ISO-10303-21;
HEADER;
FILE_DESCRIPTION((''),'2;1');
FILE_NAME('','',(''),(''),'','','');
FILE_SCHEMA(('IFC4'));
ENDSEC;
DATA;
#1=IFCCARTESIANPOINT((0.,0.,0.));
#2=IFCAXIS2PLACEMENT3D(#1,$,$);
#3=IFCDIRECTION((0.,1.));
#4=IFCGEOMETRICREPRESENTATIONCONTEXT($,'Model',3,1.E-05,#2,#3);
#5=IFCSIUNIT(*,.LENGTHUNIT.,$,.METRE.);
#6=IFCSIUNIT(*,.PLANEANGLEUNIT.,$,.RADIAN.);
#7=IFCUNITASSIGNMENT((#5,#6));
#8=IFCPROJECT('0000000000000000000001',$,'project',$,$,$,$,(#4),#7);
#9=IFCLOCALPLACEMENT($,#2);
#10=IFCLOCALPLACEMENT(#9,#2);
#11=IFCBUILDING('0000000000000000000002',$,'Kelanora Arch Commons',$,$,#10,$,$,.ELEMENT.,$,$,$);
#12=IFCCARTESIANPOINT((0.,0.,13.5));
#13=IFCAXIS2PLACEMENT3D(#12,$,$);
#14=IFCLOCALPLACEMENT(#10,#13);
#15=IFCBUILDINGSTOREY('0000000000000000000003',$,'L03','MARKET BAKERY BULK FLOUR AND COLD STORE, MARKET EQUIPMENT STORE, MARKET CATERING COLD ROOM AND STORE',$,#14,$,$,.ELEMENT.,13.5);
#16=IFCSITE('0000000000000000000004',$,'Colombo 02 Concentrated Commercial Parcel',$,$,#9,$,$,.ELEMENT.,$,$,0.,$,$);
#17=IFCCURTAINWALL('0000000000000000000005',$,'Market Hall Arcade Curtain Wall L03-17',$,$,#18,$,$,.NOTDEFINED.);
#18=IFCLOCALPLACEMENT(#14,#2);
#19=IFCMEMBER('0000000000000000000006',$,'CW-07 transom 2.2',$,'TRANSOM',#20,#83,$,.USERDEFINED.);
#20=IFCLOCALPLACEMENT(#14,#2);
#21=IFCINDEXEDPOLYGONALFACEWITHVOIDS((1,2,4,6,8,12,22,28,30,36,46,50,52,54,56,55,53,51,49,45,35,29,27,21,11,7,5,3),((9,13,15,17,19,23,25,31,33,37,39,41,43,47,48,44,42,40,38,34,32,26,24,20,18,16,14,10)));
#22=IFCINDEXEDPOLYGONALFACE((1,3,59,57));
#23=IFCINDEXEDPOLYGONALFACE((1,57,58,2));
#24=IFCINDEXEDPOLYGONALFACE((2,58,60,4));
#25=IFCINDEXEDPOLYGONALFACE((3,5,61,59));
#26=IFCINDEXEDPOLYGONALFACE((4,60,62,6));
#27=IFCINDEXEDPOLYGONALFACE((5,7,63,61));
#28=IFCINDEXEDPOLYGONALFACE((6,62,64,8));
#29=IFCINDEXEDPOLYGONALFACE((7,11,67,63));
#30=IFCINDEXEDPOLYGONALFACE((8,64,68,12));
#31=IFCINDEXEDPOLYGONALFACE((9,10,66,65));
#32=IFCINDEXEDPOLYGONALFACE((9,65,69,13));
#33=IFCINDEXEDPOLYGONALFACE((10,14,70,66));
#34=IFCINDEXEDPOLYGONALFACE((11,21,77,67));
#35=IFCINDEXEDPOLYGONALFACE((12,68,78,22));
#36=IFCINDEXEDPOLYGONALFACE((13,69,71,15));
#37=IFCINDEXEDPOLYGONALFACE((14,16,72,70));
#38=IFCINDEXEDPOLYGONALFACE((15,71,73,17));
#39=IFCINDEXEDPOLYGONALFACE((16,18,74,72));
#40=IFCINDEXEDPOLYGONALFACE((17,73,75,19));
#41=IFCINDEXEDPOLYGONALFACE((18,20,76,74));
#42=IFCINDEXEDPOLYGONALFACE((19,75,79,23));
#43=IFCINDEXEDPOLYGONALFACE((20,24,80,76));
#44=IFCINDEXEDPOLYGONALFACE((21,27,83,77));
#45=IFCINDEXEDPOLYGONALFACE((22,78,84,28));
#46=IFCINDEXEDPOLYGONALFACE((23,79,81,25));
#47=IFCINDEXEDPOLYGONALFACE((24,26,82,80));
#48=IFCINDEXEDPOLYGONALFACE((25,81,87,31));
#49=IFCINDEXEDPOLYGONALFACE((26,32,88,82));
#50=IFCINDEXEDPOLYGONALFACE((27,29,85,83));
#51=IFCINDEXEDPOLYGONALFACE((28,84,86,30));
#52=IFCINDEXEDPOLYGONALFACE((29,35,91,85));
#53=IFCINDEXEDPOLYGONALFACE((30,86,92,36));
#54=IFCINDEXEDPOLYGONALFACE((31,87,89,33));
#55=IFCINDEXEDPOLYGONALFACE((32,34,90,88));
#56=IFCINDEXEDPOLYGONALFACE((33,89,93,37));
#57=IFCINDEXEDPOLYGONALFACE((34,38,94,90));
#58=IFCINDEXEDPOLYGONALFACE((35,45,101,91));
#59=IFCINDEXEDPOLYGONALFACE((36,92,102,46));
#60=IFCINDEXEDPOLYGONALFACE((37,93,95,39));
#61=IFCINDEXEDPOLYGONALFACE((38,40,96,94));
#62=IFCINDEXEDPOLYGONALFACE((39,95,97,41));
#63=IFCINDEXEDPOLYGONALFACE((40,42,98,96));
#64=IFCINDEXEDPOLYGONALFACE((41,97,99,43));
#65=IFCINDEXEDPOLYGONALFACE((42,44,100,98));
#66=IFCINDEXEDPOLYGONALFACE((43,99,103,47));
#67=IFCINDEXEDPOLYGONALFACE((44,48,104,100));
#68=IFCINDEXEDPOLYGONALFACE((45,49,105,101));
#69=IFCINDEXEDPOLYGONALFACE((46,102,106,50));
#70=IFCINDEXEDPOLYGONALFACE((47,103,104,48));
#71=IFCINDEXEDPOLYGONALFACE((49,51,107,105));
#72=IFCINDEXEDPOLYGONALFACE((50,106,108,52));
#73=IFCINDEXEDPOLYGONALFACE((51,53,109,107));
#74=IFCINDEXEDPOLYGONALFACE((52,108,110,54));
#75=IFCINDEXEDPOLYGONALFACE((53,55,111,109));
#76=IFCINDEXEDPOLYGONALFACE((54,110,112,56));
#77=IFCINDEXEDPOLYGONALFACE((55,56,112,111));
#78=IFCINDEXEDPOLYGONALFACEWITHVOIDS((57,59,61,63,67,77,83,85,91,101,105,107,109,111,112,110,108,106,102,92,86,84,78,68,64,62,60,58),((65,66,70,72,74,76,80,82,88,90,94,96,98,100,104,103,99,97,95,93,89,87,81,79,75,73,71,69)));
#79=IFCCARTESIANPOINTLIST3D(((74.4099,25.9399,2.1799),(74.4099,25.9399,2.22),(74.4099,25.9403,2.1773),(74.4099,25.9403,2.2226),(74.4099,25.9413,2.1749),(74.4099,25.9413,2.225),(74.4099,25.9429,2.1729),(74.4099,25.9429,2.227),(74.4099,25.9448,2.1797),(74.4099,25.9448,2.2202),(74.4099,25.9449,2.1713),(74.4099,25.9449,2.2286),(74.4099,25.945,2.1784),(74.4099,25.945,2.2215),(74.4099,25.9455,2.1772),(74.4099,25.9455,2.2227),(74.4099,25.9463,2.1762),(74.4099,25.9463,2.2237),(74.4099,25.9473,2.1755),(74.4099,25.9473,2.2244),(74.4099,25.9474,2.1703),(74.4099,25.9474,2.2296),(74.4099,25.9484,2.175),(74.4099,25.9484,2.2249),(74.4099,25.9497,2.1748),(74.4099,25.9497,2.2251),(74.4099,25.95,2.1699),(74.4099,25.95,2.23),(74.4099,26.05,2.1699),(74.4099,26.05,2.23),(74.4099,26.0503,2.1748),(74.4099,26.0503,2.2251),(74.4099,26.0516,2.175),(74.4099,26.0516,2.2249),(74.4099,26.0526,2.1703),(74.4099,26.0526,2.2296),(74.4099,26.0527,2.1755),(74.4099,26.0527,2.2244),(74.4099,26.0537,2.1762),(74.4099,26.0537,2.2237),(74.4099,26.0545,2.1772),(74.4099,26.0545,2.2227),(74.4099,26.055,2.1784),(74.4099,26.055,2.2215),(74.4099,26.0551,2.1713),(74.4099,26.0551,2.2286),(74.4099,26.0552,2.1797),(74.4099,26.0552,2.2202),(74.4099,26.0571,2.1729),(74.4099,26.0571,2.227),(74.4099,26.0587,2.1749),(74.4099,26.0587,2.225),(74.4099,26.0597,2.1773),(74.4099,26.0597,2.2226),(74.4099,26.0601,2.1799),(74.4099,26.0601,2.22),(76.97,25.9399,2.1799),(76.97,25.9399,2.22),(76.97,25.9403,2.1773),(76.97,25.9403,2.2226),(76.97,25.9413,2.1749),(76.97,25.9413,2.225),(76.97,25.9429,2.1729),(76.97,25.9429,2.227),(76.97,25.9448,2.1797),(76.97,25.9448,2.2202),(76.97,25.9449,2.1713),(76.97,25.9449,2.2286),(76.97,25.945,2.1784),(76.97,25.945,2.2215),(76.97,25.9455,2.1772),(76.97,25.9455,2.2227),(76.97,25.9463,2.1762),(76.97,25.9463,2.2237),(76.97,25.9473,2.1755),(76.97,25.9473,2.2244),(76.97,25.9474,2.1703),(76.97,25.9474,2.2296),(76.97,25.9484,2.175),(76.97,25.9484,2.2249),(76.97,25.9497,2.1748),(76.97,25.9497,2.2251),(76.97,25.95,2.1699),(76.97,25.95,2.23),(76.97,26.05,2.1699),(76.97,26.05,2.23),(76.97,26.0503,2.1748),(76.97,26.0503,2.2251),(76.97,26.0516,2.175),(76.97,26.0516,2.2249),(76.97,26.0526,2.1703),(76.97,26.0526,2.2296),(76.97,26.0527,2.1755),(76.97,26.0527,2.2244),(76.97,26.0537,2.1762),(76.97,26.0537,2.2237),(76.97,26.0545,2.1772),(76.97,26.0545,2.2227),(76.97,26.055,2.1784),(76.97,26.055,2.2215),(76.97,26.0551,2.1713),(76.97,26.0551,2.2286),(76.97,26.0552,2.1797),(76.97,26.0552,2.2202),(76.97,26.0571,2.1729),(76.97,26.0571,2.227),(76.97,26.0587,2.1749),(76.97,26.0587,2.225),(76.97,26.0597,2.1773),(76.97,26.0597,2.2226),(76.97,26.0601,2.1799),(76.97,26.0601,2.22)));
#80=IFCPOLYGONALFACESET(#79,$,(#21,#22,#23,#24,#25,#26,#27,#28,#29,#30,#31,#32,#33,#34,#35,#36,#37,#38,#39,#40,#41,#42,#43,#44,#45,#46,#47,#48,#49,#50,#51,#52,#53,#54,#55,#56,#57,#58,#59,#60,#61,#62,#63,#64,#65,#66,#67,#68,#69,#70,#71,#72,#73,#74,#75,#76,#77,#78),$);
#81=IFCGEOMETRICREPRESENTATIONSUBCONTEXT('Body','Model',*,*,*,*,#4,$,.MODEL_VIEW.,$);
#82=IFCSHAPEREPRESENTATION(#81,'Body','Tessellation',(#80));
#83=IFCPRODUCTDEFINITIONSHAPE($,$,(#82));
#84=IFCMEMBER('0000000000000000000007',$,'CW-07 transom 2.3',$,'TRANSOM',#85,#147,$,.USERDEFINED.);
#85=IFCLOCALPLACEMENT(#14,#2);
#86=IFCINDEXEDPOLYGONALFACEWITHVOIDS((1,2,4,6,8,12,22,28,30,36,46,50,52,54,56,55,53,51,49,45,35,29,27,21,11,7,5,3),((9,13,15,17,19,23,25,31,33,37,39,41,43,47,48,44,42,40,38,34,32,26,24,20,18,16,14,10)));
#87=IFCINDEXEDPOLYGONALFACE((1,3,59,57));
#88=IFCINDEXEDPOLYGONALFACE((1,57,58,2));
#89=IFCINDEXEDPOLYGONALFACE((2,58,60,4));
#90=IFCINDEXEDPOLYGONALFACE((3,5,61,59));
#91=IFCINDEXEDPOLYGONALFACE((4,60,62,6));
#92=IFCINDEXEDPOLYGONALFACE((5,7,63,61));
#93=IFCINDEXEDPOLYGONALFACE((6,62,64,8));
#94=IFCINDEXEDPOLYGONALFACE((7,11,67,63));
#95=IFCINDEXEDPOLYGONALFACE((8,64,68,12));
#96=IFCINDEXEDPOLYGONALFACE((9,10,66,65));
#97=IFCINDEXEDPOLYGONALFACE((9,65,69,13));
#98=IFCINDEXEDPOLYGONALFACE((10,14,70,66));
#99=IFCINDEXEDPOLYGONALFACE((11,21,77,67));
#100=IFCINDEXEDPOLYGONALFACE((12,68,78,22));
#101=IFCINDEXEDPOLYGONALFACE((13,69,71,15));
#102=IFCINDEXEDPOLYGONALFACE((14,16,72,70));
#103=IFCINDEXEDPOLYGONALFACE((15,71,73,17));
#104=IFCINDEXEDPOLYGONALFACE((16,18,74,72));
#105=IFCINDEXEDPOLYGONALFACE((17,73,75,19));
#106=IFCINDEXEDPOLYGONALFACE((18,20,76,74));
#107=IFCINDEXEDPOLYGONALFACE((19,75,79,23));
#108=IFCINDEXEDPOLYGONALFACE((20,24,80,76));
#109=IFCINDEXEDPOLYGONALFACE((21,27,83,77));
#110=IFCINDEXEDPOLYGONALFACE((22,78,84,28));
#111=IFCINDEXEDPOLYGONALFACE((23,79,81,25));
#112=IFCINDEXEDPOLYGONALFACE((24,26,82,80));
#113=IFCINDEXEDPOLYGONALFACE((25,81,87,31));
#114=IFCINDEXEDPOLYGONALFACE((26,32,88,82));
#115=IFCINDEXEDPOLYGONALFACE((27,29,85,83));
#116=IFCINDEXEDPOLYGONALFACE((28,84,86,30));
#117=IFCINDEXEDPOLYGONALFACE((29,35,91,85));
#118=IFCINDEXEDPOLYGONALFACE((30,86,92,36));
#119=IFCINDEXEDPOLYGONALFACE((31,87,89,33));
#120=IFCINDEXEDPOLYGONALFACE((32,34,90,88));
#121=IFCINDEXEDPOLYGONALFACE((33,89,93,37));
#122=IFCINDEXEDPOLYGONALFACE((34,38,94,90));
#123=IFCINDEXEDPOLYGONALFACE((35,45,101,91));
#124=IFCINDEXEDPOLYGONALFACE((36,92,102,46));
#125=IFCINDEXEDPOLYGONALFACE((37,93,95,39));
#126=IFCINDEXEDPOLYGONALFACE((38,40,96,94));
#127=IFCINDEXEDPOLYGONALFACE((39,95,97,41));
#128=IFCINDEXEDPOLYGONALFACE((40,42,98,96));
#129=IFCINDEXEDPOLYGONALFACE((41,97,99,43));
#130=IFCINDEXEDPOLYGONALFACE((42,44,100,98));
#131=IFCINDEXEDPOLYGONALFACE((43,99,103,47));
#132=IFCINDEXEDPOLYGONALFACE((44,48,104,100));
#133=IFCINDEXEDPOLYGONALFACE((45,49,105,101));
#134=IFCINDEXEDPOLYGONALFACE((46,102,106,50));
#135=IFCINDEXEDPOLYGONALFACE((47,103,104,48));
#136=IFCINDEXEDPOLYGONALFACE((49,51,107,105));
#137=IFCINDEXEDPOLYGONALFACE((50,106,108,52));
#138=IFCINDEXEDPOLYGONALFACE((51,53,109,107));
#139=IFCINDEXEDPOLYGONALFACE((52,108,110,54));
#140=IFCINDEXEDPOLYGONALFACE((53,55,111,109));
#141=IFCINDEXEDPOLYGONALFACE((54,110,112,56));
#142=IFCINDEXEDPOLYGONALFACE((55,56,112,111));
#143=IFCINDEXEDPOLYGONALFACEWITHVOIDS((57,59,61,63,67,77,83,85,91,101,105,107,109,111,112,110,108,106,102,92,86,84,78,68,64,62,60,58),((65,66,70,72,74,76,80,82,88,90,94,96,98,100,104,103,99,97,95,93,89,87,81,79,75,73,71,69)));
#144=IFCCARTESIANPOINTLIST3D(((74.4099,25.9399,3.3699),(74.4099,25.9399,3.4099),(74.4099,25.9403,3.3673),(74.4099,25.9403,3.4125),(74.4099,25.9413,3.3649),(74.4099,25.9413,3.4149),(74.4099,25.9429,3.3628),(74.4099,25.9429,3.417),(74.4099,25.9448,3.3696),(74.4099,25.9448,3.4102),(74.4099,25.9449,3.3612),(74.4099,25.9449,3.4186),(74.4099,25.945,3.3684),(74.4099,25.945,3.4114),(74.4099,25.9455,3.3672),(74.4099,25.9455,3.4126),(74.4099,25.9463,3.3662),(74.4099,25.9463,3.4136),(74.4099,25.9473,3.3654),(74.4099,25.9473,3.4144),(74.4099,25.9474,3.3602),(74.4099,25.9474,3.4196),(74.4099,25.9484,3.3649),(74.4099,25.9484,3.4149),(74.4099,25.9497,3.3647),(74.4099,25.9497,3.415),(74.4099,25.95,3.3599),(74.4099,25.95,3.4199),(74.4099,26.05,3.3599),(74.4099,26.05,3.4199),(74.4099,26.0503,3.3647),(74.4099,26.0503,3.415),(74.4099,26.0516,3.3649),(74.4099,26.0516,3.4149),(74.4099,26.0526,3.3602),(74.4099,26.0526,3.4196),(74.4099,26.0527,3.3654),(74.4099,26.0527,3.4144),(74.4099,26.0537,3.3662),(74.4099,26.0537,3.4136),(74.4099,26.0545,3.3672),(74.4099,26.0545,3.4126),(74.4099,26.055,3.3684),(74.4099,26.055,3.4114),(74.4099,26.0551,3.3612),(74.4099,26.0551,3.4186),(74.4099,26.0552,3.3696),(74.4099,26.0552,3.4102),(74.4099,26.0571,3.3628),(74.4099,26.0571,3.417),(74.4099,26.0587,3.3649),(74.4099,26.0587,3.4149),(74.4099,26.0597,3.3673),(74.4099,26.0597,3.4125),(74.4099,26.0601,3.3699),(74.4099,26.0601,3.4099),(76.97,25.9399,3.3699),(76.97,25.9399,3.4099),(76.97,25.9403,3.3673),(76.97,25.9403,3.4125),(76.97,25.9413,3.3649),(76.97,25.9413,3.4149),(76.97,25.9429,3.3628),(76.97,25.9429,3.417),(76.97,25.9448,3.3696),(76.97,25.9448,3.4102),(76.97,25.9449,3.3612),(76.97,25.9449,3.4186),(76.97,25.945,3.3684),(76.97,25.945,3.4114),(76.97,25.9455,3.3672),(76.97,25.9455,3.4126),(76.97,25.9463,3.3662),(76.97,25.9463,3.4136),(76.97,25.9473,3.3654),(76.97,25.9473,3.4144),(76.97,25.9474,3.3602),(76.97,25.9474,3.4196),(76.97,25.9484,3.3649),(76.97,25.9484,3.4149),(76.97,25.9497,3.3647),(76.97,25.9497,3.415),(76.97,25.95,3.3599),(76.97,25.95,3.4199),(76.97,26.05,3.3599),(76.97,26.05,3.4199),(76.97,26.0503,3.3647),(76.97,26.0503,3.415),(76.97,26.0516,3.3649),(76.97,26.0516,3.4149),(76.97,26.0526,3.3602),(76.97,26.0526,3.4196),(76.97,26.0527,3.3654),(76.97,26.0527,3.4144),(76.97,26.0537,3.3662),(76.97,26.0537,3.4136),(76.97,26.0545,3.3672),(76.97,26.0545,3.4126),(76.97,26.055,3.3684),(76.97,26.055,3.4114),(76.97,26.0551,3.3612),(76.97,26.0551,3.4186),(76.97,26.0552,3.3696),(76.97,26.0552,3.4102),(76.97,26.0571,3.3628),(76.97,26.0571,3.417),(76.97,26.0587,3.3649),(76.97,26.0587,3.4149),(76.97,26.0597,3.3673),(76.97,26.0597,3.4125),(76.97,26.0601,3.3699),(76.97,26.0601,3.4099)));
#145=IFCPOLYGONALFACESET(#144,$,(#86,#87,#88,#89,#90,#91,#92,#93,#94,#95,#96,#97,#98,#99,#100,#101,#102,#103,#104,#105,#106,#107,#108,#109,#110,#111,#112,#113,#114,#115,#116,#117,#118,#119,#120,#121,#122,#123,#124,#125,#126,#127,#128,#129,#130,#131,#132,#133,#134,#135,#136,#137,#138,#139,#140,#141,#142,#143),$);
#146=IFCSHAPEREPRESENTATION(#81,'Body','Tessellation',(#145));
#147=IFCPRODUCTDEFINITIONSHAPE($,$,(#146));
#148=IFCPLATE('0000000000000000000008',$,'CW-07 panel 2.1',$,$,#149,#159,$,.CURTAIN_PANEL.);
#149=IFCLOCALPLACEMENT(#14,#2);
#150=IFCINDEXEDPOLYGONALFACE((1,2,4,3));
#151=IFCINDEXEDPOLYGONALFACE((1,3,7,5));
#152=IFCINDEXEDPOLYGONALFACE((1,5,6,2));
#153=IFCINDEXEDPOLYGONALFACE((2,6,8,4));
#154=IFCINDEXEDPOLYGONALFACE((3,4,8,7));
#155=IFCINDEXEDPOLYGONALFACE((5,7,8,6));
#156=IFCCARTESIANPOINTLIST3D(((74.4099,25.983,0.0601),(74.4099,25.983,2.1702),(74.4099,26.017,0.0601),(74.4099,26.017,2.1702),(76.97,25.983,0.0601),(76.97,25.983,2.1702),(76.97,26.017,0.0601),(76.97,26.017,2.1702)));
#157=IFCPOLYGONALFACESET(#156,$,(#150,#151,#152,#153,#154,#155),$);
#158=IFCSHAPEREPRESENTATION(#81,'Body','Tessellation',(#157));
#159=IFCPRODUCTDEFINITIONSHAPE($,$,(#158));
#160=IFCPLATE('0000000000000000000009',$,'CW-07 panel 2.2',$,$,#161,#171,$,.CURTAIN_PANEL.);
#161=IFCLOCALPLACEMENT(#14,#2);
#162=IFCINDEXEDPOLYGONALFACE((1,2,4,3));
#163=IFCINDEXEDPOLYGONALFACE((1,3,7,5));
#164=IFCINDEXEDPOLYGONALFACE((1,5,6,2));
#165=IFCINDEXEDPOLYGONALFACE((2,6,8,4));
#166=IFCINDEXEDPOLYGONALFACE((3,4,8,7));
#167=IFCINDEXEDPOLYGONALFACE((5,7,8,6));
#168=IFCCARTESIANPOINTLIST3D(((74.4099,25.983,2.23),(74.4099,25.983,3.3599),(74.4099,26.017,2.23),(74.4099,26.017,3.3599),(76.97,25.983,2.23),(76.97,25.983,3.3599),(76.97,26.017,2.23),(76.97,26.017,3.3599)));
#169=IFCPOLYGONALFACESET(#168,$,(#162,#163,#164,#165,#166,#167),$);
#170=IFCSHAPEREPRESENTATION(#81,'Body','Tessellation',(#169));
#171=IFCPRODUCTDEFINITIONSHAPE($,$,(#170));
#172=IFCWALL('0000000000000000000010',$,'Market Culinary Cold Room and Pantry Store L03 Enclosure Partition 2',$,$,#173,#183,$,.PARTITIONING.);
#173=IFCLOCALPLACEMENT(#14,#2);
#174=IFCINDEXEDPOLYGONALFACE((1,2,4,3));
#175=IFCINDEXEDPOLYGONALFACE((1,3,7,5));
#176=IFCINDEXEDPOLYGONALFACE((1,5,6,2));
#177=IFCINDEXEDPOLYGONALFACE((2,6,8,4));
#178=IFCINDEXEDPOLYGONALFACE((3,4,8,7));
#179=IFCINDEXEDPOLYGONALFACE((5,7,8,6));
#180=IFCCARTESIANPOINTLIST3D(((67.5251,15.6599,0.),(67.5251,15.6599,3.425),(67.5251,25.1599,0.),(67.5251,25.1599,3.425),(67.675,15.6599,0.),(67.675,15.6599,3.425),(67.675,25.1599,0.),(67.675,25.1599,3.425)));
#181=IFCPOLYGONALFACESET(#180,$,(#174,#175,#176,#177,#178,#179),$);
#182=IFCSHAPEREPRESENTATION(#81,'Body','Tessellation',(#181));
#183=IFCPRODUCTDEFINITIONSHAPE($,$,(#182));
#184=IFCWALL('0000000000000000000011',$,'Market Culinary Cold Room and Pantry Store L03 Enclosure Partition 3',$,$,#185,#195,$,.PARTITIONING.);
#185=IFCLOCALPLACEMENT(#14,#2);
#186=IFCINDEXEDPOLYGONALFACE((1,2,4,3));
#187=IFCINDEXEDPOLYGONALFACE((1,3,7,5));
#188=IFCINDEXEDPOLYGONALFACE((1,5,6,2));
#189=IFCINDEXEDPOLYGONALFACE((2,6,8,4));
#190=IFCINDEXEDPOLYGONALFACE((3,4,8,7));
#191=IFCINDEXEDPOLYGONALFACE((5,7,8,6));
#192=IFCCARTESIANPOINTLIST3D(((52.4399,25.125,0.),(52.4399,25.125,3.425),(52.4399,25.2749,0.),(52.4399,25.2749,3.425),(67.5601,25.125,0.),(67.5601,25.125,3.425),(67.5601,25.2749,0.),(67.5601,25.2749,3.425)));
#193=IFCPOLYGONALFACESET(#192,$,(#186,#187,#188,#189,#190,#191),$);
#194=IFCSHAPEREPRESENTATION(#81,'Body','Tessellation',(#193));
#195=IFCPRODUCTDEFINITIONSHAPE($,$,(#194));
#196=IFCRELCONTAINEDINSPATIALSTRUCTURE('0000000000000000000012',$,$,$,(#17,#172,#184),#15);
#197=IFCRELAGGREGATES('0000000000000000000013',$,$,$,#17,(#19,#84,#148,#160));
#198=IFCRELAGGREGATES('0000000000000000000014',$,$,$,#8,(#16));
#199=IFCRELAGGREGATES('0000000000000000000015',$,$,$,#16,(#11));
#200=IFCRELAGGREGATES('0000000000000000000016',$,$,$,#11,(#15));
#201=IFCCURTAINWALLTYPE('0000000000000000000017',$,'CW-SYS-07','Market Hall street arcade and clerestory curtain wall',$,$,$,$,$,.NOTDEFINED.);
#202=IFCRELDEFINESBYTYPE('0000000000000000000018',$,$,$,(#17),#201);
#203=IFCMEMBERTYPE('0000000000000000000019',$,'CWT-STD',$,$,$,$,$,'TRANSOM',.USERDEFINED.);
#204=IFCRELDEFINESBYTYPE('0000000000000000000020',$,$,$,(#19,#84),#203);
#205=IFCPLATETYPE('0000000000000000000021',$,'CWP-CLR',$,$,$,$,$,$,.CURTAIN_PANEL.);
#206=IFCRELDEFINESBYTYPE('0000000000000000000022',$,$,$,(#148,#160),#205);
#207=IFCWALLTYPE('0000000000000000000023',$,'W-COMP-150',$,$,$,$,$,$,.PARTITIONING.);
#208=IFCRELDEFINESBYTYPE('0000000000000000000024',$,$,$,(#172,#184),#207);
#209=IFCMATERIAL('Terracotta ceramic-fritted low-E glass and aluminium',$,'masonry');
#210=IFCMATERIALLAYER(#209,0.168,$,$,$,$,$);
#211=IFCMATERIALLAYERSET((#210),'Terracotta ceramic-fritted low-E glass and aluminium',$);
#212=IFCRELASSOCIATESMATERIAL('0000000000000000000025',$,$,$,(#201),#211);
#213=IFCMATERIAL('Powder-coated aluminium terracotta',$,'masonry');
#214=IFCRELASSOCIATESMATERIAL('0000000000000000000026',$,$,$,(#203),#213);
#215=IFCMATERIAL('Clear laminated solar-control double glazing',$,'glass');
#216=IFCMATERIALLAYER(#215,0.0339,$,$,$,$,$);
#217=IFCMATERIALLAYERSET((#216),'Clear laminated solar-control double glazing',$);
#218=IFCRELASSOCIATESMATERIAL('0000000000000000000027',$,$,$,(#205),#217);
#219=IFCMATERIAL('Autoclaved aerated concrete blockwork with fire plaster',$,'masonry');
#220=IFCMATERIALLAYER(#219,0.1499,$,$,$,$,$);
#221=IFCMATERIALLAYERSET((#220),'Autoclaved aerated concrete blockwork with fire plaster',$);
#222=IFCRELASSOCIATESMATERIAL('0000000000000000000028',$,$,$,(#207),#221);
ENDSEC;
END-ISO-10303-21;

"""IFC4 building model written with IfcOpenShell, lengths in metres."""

from ifc_helpers import new_model, si_unit, direction, frame, frame_2d, origin, origin_2d, place, context, subcontext, project, spatial, rectangle, hollow_rectangle, extrude, source, transform, mapped, material, layer, layer_set, material_profile, profile_set, type_object, element, aggregate, save


model = new_model("IFC4")

# Units and contexts
model_context = context("Model", 3, precision=1e-05, world=origin(), true_north=direction((0.0, 1.0)))
body_context = subcontext(model_context, "Body", "Model", "MODEL_VIEW")
ifc_project = project(units=[si_unit("LENGTHUNIT", "METRE"), si_unit("PLANEANGLEUNIT", "RADIAN")], contexts=[model_context])

# Site, building, storey
site_placement = place(None, origin())
site = spatial("IfcSite", under=ifc_project, at=site_placement, Name="Colombo 02 Concentrated Commercial Parcel", CompositionType="ELEMENT", RefElevation=0.0)
building_placement = place(site_placement, origin())
building = spatial("IfcBuilding", under=site, at=building_placement, Name="Kelanora Arch Commons", CompositionType="ELEMENT")
storey_placement = place(building_placement, frame((0.0, 0.0, 13.5)))
storey = spatial("IfcBuildingStorey", under=building, at=storey_placement, Name="L03", Description="MARKET BAKERY BULK FLOUR AND COLD STORE, MARKET EQUIPMENT STORE, MARKET CATERING COLD ROOM AND STORE", CompositionType="ELEMENT", Elevation=13.5)

# Curtain wall, members, plates
ifc_material_1 = material(Name="Terracotta ceramic-fritted low-E glass and aluminium", Category="masonry")
ifc_layer_1 = layer(ifc_material_1, 0.168)
ifc_layer_set_1 = layer_set([ifc_layer_1], Name="Terracotta ceramic-fritted low-E glass and aluminium")
curtain_wall_type = type_object("IfcCurtainWallType", Name="CW-SYS-07", Description="Market Hall street arcade and clerestory curtain wall", PredefinedType="NOTDEFINED", material=ifc_layer_set_1)
curtain_wall_placement = place(storey_placement, origin())
curtain_wall = element("IfcCurtainWall", 1, at=curtain_wall_placement, inside=storey, type_object=curtain_wall_type, Name="Market Hall Arcade Curtain Wall L03-17", PredefinedType="NOTDEFINED")
ifc_material_2 = material(Name="Powder-coated aluminium terracotta", Category="masonry")
ifc_material_profile_1 = material_profile(ifc_material_2, hollow_rectangle(XDim=0.1201, YDim=0.0601, WallThickness=0.0049, InnerFilletRadius=0.0049, OuterFilletRadius=0.01, at=origin_2d()), Name="CWT120x60")
ifc_profile_set_1 = profile_set([ifc_material_profile_1], Name="Powder-coated aluminium terracotta")
member_type_1 = type_object("IfcMemberType", Name="CWT-STD", ElementType="TRANSOM", PredefinedType="USERDEFINED", material=ifc_profile_set_1)
member_1_placement = place(storey_placement, frame((76.97, 26.0, 2.2), z_axis=(-1.0, 0.0, 0.0), x_axis=(0.0, -1.0, 0.0)))
member_1 = element("IfcMember", 2, at=member_1_placement, type_object=member_type_1, Name="CW-07 transom 2.2", ObjectType="TRANSOM", PredefinedType="USERDEFINED", context=body_context, shape_type="SweptSolid", body=[
    extrude(hollow_rectangle(XDim=0.1201, YDim=0.0601, WallThickness=0.0049, InnerFilletRadius=0.0049, OuterFilletRadius=0.01, at=origin_2d()), origin(), (0.0, 0.0, 1.0), 2.5601),
])
member_2_placement = place(storey_placement, frame((76.97, 26.0, 3.3899), z_axis=(-1.0, 0.0, 0.0), x_axis=(0.0, -1.0, 0.0)))
member_2 = element("IfcMember", 3, at=member_2_placement, type_object=member_type_1, Name="CW-07 transom 2.3", ObjectType="TRANSOM", PredefinedType="USERDEFINED", context=body_context, shape_type="SweptSolid", body=[
    extrude(hollow_rectangle(XDim=0.1201, YDim=0.0601, WallThickness=0.0049, InnerFilletRadius=0.0049, OuterFilletRadius=0.01, at=origin_2d()), origin(), (0.0, 0.0, 1.0), 2.5601),
])
ifc_material_3 = material(Name="Clear laminated solar-control double glazing", Category="glass")
ifc_layer_2 = layer(ifc_material_3, 0.0339)
ifc_layer_set_2 = layer_set([ifc_layer_2], Name="Clear laminated solar-control double glazing")
plate_type = type_object("IfcPlateType", Name="CWP-CLR", PredefinedType="CURTAIN_PANEL", material=ifc_layer_set_2)
shared_shape_1 = source(origin(), body_context, "Body", "SweptSolid", [
    extrude(rectangle(XDim=2.5601, YDim=0.0339, at=origin_2d()), origin(), (0.0, 0.0, 1.0), 2.1101),
])
plate_1_placement = place(storey_placement, frame((75.6899, 26.0, 0.0601), z_axis=(0.0, 0.0, 1.0), x_axis=(-1.0, 0.0, 0.0)))
plate_1 = element("IfcPlate", 4, at=plate_1_placement, type_object=plate_type, Name="CW-07 panel 2.1", PredefinedType="CURTAIN_PANEL", context=body_context, shape_type="MappedRepresentation", body=[
    mapped(shared_shape_1, transform((0.0, 0.0, 0.0), scale=1.0)),
])
shared_shape_2 = source(origin(), body_context, "Body", "SweptSolid", [
    extrude(rectangle(XDim=2.5601, YDim=0.0339, at=origin_2d()), origin(), (0.0, 0.0, 1.0), 1.1299),
])
plate_2_placement = place(storey_placement, frame((75.6899, 26.0, 2.23), z_axis=(0.0, 0.0, 1.0), x_axis=(-1.0, 0.0, 0.0)))
plate_2 = element("IfcPlate", 5, at=plate_2_placement, type_object=plate_type, Name="CW-07 panel 2.2", PredefinedType="CURTAIN_PANEL", context=body_context, shape_type="MappedRepresentation", body=[
    mapped(shared_shape_2, transform((0.0, 0.0, 0.0), scale=1.0)),
])
aggregate(curtain_wall, [member_1, member_2, plate_1, plate_2])

# Walls
ifc_material_4 = material(Name="Autoclaved aerated concrete blockwork with fire plaster", Category="masonry")
ifc_layer_3 = layer(ifc_material_4, 0.1499)
ifc_layer_set_3 = layer_set([ifc_layer_3], Name="Autoclaved aerated concrete blockwork with fire plaster")
wall_type_1 = type_object("IfcWallType", Name="W-COMP-150", PredefinedType="PARTITIONING", material=ifc_layer_set_3)
wall_1_placement = place(storey_placement, frame((67.6001, 15.6599, 0.0), z_axis=(0.0, 0.0, 1.0), x_axis=(0.0, 1.0, 0.0)))
element("IfcWall", 6, at=wall_1_placement, inside=storey, type_object=wall_type_1, Name="Market Culinary Cold Room and Pantry Store L03 Enclosure Partition 2", PredefinedType="PARTITIONING", context=body_context, shape_type="SweptSolid", body=[
    extrude(rectangle(XDim=9.5, YDim=0.1499, at=frame_2d((4.75, 0.0))), origin(), (0.0, 0.0, 1.0), 3.425),
])
wall_2_placement = place(storey_placement, frame((67.5601, 25.2, 0.0), z_axis=(0.0, 0.0, 1.0), x_axis=(-1.0, 0.0, 0.0)))
element("IfcWall", 7, at=wall_2_placement, inside=storey, type_object=wall_type_1, Name="Market Culinary Cold Room and Pantry Store L03 Enclosure Partition 3", PredefinedType="PARTITIONING", context=body_context, shape_type="SweptSolid", body=[
    extrude(rectangle(XDim=15.1201, YDim=0.1499, at=frame_2d((7.5601, 0.0))), origin(), (0.0, 0.0, 1.0), 3.425),
])

save(model, "model.ifc")
